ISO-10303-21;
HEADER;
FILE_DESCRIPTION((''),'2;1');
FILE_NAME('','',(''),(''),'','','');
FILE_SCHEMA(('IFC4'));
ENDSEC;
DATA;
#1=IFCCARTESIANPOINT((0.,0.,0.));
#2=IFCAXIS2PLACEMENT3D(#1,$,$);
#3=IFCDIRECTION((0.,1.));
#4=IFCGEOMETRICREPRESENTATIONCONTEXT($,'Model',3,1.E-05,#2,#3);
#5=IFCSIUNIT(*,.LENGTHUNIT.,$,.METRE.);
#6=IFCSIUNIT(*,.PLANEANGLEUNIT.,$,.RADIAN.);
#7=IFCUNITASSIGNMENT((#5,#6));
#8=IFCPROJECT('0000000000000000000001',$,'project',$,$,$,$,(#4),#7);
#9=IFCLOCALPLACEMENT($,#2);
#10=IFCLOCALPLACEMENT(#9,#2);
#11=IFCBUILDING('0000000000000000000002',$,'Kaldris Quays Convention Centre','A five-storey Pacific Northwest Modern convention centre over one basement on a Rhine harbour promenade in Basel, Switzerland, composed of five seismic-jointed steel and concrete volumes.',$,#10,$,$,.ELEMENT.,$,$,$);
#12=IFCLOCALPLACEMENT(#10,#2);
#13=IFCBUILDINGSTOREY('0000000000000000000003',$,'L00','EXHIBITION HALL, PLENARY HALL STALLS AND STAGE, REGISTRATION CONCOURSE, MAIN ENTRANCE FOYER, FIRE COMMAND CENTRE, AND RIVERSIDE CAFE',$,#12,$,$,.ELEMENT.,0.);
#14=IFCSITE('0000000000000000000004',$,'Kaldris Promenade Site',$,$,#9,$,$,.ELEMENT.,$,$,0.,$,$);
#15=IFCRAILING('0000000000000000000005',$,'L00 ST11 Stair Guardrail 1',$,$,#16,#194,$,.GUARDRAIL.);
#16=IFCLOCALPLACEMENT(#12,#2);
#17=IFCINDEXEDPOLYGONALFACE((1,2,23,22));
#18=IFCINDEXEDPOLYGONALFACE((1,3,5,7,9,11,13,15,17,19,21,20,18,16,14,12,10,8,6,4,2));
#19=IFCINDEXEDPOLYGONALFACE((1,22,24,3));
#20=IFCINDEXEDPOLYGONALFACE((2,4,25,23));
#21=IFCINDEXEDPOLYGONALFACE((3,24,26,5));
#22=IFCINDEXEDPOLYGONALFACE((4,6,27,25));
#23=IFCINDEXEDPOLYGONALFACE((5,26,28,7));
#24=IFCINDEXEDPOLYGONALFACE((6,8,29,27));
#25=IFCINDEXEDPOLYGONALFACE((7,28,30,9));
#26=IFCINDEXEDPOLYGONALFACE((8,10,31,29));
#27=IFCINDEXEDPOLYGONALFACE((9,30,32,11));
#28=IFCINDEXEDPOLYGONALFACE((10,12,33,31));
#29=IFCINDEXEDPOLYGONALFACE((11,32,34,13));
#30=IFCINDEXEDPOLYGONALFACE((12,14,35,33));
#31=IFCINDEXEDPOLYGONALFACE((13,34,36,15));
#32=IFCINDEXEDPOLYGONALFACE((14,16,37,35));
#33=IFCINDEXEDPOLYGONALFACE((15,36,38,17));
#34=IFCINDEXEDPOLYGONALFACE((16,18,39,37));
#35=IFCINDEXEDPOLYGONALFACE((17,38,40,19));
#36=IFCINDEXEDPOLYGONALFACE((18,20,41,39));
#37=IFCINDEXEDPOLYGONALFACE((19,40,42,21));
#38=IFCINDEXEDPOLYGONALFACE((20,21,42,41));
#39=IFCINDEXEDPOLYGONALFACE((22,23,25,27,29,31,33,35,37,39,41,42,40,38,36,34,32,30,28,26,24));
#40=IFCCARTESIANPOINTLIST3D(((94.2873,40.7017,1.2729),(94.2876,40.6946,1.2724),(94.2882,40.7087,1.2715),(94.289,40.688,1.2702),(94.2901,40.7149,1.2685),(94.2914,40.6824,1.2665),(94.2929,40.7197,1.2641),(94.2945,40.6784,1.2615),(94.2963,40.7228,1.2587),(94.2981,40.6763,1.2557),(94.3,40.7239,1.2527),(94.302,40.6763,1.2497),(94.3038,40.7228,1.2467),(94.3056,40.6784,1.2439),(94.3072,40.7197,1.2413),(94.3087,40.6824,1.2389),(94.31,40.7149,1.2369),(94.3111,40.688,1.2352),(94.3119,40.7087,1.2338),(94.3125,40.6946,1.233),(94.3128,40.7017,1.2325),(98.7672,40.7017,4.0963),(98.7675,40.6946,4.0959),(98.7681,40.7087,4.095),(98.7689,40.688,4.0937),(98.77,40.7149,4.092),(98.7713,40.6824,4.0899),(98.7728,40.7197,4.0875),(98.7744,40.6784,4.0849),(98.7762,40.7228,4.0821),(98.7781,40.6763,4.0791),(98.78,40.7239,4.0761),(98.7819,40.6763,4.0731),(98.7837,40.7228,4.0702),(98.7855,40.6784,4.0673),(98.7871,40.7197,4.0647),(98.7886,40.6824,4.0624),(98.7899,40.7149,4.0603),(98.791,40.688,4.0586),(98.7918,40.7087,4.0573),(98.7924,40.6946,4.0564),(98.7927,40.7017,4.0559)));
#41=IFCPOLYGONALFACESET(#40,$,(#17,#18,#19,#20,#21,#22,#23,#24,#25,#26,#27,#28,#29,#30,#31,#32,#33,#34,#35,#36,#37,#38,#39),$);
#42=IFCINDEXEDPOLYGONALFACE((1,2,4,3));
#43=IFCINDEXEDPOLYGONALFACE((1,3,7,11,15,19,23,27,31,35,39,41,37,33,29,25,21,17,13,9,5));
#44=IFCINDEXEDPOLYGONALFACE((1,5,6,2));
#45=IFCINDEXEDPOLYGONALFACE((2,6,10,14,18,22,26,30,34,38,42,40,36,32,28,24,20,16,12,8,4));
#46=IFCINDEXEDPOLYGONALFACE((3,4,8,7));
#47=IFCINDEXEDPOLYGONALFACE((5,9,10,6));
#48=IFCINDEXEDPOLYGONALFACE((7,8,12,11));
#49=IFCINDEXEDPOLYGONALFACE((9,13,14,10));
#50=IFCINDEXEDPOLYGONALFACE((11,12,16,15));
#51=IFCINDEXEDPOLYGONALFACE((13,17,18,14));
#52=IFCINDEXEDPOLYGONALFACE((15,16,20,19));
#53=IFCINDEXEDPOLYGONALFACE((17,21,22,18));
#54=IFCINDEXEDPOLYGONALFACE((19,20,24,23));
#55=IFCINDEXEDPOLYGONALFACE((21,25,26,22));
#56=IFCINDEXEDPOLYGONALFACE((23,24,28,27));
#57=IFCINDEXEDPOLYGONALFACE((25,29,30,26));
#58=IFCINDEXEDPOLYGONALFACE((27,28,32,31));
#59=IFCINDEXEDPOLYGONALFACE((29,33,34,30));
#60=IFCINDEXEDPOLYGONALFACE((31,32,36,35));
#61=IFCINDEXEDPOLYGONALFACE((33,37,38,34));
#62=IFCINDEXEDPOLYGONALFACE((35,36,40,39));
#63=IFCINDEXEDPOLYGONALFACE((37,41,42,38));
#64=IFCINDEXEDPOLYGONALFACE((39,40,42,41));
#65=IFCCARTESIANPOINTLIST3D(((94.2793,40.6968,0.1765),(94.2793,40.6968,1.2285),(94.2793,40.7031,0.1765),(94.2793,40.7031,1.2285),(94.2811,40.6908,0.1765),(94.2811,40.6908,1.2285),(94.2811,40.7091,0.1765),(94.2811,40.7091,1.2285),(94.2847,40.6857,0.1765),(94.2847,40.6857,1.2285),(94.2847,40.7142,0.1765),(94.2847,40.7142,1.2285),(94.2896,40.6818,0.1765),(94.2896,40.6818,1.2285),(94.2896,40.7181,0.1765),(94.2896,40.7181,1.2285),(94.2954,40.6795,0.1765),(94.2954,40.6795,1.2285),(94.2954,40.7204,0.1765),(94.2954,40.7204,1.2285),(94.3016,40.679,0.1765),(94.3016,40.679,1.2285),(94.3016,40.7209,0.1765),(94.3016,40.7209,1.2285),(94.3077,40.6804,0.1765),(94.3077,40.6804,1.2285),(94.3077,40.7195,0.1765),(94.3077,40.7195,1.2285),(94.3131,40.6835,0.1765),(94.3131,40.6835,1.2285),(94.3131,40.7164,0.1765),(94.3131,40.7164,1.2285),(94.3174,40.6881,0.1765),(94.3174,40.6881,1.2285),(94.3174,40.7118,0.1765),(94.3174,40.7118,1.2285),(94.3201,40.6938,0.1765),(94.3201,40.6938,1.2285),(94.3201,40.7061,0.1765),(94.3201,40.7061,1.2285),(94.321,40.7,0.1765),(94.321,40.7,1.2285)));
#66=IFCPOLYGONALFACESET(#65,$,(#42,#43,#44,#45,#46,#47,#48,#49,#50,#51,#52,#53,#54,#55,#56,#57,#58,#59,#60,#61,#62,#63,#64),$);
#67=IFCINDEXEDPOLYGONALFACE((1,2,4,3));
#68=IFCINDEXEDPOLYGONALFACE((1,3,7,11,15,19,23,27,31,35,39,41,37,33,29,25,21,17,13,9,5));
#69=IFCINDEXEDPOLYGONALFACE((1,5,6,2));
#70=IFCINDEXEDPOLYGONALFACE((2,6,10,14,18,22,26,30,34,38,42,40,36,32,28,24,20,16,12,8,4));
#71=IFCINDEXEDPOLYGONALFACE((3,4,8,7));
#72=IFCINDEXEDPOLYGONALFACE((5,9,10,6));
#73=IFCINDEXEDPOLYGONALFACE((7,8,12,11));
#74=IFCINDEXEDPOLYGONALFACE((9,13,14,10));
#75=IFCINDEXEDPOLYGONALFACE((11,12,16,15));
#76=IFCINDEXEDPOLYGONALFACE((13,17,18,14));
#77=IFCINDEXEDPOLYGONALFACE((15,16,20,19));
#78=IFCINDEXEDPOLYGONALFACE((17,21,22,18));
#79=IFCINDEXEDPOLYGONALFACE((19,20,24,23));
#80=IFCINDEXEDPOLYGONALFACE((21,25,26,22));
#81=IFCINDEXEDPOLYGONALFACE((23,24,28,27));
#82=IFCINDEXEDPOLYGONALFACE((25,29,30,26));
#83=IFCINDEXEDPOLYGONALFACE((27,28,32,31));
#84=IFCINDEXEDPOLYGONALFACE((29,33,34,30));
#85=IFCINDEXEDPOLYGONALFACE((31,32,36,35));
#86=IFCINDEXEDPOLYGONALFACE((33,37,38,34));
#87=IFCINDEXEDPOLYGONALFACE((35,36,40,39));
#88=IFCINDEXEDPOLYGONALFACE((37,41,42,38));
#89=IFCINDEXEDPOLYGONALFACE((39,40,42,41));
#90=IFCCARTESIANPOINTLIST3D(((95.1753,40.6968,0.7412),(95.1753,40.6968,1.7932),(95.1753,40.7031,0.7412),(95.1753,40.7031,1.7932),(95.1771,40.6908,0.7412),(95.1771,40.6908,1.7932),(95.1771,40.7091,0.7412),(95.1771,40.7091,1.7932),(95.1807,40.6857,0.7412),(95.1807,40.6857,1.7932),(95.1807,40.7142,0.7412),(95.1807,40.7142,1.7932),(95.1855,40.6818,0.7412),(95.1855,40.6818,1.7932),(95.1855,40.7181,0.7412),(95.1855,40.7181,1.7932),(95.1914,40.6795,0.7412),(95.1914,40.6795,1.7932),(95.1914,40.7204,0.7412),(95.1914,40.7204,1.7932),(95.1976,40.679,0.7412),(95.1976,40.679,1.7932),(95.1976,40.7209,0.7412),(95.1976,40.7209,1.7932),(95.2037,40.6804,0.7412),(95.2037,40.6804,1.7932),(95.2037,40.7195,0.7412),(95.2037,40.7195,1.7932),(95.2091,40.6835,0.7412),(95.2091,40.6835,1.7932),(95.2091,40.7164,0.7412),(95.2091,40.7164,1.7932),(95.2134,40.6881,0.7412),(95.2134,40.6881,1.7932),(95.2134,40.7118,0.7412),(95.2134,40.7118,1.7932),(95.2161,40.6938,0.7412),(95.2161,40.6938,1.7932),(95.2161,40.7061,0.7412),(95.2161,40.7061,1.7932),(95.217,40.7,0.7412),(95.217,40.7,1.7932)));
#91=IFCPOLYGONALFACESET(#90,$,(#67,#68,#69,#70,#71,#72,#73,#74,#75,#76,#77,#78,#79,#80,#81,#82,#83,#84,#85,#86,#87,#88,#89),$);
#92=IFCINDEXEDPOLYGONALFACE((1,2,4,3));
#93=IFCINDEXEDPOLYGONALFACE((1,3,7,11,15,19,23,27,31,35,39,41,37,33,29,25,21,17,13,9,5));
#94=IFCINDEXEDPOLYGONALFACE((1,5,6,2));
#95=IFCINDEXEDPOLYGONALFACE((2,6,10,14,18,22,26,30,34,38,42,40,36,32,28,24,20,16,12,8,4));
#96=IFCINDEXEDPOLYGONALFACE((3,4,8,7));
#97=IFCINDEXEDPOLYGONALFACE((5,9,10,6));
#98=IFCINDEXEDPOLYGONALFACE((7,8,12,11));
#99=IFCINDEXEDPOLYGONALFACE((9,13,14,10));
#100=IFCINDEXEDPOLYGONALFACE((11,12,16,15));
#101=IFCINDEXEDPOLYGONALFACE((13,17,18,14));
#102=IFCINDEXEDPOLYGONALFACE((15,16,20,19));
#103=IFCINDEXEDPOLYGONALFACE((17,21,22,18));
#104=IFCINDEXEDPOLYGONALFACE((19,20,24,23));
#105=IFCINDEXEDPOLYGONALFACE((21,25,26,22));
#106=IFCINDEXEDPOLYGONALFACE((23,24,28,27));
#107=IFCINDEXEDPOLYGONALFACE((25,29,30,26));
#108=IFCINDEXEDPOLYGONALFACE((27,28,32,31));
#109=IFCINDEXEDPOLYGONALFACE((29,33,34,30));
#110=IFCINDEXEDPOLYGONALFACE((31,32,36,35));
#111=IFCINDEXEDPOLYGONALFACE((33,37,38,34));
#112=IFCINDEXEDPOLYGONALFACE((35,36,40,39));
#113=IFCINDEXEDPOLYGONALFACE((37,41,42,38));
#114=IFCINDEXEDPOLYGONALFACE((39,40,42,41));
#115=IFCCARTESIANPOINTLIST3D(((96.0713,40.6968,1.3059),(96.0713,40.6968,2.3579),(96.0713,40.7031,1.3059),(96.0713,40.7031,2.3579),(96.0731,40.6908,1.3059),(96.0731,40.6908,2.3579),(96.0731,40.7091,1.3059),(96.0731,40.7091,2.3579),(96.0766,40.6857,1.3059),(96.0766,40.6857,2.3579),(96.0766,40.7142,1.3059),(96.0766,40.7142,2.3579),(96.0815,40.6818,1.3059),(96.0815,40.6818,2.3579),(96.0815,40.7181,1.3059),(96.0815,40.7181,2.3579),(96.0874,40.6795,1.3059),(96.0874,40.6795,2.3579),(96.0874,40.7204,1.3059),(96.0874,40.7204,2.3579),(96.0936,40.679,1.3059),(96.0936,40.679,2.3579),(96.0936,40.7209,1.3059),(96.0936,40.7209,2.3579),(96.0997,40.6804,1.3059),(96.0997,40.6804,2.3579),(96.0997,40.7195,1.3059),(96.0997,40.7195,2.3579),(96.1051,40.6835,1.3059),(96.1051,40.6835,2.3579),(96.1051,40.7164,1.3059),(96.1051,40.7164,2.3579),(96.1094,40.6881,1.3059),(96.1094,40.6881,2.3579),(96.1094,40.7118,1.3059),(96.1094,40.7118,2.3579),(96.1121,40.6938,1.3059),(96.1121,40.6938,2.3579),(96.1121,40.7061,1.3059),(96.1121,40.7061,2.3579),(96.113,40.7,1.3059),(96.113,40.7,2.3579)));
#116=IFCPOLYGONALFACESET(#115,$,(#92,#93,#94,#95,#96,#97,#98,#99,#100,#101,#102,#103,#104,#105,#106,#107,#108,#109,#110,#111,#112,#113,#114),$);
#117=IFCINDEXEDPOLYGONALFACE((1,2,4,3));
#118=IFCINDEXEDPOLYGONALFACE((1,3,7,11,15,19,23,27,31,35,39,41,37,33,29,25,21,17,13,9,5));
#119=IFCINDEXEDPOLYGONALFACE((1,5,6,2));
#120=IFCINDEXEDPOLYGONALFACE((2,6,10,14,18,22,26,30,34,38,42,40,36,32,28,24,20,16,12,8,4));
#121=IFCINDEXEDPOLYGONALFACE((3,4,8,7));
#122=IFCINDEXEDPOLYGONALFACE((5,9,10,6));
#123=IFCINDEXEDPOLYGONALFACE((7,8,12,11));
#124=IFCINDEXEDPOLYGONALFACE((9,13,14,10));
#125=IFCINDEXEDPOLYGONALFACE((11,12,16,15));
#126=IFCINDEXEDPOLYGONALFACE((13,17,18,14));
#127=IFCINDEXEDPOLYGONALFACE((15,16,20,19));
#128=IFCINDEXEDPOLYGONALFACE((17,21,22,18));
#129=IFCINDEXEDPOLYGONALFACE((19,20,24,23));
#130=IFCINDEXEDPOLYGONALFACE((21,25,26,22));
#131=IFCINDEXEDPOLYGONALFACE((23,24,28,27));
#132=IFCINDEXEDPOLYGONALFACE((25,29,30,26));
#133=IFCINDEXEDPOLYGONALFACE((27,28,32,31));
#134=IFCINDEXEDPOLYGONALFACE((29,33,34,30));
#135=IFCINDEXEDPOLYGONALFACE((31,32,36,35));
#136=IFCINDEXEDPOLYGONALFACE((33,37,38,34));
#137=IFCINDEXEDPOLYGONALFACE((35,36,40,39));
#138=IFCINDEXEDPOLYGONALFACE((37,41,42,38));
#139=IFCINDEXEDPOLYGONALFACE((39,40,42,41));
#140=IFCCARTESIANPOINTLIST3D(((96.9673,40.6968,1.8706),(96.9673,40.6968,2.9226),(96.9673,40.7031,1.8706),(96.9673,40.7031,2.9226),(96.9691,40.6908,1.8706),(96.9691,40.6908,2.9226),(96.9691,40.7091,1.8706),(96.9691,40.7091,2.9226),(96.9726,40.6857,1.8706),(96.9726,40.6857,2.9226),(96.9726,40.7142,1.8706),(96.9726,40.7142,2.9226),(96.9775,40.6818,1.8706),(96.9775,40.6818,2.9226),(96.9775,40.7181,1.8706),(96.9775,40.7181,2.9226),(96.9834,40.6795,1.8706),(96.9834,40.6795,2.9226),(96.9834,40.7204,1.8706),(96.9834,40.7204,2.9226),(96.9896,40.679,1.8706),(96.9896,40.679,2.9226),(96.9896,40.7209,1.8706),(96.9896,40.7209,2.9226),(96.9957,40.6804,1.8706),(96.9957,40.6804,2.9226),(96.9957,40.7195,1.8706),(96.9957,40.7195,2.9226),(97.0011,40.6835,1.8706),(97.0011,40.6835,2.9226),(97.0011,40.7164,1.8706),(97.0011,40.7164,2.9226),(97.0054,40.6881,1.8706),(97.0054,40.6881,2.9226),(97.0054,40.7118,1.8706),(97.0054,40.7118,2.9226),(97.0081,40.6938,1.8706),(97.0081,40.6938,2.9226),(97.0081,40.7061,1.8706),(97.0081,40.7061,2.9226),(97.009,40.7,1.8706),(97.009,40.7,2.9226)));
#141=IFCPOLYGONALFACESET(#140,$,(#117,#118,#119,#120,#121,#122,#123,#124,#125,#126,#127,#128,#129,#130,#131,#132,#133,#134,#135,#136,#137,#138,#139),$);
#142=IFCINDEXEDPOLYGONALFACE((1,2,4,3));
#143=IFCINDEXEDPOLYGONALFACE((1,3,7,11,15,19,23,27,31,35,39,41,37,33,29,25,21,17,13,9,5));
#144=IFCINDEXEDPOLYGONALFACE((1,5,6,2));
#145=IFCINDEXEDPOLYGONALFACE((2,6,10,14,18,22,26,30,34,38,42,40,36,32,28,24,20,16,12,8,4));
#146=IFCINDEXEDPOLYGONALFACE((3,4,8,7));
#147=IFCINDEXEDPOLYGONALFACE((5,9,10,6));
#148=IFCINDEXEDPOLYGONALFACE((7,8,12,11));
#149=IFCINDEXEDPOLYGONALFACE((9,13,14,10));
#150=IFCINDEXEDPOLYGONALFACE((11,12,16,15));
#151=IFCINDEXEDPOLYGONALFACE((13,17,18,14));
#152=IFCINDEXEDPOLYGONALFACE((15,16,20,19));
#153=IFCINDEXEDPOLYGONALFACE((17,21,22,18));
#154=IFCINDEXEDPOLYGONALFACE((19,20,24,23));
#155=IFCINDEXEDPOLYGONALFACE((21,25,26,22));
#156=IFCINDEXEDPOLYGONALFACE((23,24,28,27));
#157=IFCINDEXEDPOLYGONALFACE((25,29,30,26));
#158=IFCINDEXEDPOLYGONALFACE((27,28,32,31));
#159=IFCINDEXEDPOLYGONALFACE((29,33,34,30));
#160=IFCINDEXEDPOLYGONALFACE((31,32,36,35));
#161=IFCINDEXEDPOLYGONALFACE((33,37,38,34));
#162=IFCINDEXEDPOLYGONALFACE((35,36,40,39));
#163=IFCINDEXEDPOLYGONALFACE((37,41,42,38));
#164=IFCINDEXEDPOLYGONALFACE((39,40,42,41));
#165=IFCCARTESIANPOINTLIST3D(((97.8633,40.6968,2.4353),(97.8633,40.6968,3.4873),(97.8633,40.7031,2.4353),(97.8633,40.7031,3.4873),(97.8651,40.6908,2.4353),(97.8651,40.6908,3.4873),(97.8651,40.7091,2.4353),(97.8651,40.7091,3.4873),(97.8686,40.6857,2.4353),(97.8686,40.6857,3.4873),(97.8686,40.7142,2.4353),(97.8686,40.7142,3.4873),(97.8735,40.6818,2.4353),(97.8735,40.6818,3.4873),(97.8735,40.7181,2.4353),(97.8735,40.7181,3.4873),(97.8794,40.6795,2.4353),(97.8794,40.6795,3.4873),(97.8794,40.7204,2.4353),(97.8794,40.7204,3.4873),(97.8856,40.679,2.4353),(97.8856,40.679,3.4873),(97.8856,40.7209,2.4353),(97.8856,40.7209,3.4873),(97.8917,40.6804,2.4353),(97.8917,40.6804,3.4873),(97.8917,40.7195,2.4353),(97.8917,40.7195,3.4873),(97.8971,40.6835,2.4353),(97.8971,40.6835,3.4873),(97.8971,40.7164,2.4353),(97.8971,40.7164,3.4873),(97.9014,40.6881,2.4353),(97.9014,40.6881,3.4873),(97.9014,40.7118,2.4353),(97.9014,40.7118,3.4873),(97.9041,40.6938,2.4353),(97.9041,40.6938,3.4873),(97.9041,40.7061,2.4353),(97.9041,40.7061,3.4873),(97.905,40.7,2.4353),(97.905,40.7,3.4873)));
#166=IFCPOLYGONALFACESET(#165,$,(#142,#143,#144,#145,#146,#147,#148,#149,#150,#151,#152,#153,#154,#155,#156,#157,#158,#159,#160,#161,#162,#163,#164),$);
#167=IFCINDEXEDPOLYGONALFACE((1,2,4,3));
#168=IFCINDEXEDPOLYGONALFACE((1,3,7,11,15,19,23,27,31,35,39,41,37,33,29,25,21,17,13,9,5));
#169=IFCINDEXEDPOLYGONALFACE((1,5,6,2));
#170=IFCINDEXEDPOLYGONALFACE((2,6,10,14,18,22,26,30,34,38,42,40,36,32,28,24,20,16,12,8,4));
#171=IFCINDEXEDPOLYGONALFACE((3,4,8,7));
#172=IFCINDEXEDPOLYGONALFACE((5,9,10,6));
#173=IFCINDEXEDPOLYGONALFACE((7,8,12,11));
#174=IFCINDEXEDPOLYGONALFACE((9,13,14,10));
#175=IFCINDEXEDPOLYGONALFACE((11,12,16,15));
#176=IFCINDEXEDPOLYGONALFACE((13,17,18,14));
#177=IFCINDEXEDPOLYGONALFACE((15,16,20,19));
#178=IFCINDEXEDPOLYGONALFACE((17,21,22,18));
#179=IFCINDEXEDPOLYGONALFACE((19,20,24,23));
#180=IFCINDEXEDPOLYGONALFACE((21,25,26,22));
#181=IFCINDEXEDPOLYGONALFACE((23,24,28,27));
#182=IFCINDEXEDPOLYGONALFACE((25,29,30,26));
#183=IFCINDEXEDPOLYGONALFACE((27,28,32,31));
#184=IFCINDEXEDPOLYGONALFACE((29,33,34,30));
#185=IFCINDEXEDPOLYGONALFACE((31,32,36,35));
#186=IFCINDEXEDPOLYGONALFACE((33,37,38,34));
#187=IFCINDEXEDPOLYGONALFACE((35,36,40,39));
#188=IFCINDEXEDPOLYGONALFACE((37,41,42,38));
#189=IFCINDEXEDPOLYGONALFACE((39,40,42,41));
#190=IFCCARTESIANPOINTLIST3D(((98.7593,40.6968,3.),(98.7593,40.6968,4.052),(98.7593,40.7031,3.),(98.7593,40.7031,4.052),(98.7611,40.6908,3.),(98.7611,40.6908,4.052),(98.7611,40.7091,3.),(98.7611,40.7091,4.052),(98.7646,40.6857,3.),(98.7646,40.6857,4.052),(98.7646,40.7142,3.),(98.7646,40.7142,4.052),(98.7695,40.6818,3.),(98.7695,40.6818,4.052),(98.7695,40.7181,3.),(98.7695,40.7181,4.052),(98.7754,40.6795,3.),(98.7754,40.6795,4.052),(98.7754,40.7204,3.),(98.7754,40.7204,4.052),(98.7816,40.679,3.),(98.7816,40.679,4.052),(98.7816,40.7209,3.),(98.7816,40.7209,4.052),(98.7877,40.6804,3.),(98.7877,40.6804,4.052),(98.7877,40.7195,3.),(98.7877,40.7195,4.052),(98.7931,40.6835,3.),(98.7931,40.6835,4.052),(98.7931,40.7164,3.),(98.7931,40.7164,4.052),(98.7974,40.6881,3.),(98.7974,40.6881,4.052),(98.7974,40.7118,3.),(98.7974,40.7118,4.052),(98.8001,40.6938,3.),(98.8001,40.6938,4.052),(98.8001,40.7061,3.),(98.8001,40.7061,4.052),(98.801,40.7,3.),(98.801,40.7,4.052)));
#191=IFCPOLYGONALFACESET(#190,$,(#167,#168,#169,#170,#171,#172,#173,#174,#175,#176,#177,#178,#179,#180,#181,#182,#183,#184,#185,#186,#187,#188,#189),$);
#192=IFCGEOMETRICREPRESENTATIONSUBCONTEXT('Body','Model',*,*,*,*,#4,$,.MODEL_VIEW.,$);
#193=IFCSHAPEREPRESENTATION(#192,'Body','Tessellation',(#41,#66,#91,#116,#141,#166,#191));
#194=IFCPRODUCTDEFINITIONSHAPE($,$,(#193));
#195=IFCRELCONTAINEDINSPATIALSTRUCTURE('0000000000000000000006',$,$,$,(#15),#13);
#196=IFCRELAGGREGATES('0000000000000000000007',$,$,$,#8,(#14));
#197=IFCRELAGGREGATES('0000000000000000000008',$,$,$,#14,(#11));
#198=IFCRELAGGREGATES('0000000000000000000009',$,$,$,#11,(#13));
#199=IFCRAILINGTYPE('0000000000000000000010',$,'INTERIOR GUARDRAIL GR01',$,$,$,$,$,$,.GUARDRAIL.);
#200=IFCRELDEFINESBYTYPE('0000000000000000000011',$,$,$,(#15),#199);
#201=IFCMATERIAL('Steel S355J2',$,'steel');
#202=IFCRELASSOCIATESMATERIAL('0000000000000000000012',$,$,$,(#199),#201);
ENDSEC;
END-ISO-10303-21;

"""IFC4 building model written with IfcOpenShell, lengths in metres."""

from ifc_helpers import new_model, si_unit, direction, frame, origin, origin_2d, place, context, subcontext, project, spatial, circle, extrude, material, type_object, element, save


model = new_model("IFC4")

# Units and contexts
model_context = context("Model", 3, precision=1e-05, world=origin(), true_north=direction((0.0, 1.0)))
body_context = subcontext(model_context, "Body", "Model", "MODEL_VIEW")
ifc_project = project(units=[si_unit("LENGTHUNIT", "METRE"), si_unit("PLANEANGLEUNIT", "RADIAN")], contexts=[model_context])

# Site, building, storey
site_placement = place(None, origin())
site = spatial("IfcSite", under=ifc_project, at=site_placement, Name="Kaldris Promenade Site", CompositionType="ELEMENT", RefElevation=0.0)
building_placement = place(site_placement, origin())
building = spatial("IfcBuilding", under=site, at=building_placement, Name="Kaldris Quays Convention Centre", Description="A five-storey Pacific Northwest Modern convention centre over one basement on a Rhine harbour promenade in Basel, Switzerland, composed of five seismic-jointed steel and concrete volumes.", CompositionType="ELEMENT")
storey_placement = place(building_placement, origin())
storey = spatial("IfcBuildingStorey", under=building, at=storey_placement, Name="L00", Description="EXHIBITION HALL, PLENARY HALL STALLS AND STAGE, REGISTRATION CONCOURSE, MAIN ENTRANCE FOYER, FIRE COMMAND CENTRE, AND RIVERSIDE CAFE", CompositionType="ELEMENT", Elevation=0.0)

# Shared definitions
ifc_material_1 = material(Name="Steel S355J2", Category="steel")

# Railing
railing_type_1 = type_object("IfcRailingType", Name="INTERIOR GUARDRAIL GR01", PredefinedType="GUARDRAIL", material=ifc_material_1)
railing_1_placement = place(storey_placement, frame((94.3, 40.7, 0.1765)))
element("IfcRailing", 1, at=railing_1_placement, inside=storey, type_object=railing_type_1, Name="L00 ST11 Stair Guardrail 1", PredefinedType="GUARDRAIL", context=body_context, shape_type="SweptSolid", body=[
    extrude(circle(Radius=0.0239, at=origin_2d()), frame((0.0, 0.0, 1.0762), z_axis=(0.845998, 0.0, 0.533186), x_axis=(0.0, 1.0, 0.0)), (0.0, 0.0, 1.0), 5.2954),
    extrude(circle(Radius=0.021, at=origin_2d()), origin(), (0.0, 0.0, 1.0), 1.052),
    extrude(circle(Radius=0.021, at=origin_2d()), frame((0.896, 0.0, 0.5647)), (0.0, 0.0, 1.0), 1.052),
    extrude(circle(Radius=0.021, at=origin_2d()), frame((1.792, 0.0, 1.1294)), (0.0, 0.0, 1.0), 1.052),
    extrude(circle(Radius=0.021, at=origin_2d()), frame((2.688, 0.0, 1.6941)), (0.0, 0.0, 1.0), 1.052),
    extrude(circle(Radius=0.021, at=origin_2d()), frame((3.584, 0.0, 2.2588)), (0.0, 0.0, 1.0), 1.052),
    extrude(circle(Radius=0.021, at=origin_2d()), frame((4.48, 0.0, 2.8235)), (0.0, 0.0, 1.0), 1.052),
])

save(model, "model.ifc")
